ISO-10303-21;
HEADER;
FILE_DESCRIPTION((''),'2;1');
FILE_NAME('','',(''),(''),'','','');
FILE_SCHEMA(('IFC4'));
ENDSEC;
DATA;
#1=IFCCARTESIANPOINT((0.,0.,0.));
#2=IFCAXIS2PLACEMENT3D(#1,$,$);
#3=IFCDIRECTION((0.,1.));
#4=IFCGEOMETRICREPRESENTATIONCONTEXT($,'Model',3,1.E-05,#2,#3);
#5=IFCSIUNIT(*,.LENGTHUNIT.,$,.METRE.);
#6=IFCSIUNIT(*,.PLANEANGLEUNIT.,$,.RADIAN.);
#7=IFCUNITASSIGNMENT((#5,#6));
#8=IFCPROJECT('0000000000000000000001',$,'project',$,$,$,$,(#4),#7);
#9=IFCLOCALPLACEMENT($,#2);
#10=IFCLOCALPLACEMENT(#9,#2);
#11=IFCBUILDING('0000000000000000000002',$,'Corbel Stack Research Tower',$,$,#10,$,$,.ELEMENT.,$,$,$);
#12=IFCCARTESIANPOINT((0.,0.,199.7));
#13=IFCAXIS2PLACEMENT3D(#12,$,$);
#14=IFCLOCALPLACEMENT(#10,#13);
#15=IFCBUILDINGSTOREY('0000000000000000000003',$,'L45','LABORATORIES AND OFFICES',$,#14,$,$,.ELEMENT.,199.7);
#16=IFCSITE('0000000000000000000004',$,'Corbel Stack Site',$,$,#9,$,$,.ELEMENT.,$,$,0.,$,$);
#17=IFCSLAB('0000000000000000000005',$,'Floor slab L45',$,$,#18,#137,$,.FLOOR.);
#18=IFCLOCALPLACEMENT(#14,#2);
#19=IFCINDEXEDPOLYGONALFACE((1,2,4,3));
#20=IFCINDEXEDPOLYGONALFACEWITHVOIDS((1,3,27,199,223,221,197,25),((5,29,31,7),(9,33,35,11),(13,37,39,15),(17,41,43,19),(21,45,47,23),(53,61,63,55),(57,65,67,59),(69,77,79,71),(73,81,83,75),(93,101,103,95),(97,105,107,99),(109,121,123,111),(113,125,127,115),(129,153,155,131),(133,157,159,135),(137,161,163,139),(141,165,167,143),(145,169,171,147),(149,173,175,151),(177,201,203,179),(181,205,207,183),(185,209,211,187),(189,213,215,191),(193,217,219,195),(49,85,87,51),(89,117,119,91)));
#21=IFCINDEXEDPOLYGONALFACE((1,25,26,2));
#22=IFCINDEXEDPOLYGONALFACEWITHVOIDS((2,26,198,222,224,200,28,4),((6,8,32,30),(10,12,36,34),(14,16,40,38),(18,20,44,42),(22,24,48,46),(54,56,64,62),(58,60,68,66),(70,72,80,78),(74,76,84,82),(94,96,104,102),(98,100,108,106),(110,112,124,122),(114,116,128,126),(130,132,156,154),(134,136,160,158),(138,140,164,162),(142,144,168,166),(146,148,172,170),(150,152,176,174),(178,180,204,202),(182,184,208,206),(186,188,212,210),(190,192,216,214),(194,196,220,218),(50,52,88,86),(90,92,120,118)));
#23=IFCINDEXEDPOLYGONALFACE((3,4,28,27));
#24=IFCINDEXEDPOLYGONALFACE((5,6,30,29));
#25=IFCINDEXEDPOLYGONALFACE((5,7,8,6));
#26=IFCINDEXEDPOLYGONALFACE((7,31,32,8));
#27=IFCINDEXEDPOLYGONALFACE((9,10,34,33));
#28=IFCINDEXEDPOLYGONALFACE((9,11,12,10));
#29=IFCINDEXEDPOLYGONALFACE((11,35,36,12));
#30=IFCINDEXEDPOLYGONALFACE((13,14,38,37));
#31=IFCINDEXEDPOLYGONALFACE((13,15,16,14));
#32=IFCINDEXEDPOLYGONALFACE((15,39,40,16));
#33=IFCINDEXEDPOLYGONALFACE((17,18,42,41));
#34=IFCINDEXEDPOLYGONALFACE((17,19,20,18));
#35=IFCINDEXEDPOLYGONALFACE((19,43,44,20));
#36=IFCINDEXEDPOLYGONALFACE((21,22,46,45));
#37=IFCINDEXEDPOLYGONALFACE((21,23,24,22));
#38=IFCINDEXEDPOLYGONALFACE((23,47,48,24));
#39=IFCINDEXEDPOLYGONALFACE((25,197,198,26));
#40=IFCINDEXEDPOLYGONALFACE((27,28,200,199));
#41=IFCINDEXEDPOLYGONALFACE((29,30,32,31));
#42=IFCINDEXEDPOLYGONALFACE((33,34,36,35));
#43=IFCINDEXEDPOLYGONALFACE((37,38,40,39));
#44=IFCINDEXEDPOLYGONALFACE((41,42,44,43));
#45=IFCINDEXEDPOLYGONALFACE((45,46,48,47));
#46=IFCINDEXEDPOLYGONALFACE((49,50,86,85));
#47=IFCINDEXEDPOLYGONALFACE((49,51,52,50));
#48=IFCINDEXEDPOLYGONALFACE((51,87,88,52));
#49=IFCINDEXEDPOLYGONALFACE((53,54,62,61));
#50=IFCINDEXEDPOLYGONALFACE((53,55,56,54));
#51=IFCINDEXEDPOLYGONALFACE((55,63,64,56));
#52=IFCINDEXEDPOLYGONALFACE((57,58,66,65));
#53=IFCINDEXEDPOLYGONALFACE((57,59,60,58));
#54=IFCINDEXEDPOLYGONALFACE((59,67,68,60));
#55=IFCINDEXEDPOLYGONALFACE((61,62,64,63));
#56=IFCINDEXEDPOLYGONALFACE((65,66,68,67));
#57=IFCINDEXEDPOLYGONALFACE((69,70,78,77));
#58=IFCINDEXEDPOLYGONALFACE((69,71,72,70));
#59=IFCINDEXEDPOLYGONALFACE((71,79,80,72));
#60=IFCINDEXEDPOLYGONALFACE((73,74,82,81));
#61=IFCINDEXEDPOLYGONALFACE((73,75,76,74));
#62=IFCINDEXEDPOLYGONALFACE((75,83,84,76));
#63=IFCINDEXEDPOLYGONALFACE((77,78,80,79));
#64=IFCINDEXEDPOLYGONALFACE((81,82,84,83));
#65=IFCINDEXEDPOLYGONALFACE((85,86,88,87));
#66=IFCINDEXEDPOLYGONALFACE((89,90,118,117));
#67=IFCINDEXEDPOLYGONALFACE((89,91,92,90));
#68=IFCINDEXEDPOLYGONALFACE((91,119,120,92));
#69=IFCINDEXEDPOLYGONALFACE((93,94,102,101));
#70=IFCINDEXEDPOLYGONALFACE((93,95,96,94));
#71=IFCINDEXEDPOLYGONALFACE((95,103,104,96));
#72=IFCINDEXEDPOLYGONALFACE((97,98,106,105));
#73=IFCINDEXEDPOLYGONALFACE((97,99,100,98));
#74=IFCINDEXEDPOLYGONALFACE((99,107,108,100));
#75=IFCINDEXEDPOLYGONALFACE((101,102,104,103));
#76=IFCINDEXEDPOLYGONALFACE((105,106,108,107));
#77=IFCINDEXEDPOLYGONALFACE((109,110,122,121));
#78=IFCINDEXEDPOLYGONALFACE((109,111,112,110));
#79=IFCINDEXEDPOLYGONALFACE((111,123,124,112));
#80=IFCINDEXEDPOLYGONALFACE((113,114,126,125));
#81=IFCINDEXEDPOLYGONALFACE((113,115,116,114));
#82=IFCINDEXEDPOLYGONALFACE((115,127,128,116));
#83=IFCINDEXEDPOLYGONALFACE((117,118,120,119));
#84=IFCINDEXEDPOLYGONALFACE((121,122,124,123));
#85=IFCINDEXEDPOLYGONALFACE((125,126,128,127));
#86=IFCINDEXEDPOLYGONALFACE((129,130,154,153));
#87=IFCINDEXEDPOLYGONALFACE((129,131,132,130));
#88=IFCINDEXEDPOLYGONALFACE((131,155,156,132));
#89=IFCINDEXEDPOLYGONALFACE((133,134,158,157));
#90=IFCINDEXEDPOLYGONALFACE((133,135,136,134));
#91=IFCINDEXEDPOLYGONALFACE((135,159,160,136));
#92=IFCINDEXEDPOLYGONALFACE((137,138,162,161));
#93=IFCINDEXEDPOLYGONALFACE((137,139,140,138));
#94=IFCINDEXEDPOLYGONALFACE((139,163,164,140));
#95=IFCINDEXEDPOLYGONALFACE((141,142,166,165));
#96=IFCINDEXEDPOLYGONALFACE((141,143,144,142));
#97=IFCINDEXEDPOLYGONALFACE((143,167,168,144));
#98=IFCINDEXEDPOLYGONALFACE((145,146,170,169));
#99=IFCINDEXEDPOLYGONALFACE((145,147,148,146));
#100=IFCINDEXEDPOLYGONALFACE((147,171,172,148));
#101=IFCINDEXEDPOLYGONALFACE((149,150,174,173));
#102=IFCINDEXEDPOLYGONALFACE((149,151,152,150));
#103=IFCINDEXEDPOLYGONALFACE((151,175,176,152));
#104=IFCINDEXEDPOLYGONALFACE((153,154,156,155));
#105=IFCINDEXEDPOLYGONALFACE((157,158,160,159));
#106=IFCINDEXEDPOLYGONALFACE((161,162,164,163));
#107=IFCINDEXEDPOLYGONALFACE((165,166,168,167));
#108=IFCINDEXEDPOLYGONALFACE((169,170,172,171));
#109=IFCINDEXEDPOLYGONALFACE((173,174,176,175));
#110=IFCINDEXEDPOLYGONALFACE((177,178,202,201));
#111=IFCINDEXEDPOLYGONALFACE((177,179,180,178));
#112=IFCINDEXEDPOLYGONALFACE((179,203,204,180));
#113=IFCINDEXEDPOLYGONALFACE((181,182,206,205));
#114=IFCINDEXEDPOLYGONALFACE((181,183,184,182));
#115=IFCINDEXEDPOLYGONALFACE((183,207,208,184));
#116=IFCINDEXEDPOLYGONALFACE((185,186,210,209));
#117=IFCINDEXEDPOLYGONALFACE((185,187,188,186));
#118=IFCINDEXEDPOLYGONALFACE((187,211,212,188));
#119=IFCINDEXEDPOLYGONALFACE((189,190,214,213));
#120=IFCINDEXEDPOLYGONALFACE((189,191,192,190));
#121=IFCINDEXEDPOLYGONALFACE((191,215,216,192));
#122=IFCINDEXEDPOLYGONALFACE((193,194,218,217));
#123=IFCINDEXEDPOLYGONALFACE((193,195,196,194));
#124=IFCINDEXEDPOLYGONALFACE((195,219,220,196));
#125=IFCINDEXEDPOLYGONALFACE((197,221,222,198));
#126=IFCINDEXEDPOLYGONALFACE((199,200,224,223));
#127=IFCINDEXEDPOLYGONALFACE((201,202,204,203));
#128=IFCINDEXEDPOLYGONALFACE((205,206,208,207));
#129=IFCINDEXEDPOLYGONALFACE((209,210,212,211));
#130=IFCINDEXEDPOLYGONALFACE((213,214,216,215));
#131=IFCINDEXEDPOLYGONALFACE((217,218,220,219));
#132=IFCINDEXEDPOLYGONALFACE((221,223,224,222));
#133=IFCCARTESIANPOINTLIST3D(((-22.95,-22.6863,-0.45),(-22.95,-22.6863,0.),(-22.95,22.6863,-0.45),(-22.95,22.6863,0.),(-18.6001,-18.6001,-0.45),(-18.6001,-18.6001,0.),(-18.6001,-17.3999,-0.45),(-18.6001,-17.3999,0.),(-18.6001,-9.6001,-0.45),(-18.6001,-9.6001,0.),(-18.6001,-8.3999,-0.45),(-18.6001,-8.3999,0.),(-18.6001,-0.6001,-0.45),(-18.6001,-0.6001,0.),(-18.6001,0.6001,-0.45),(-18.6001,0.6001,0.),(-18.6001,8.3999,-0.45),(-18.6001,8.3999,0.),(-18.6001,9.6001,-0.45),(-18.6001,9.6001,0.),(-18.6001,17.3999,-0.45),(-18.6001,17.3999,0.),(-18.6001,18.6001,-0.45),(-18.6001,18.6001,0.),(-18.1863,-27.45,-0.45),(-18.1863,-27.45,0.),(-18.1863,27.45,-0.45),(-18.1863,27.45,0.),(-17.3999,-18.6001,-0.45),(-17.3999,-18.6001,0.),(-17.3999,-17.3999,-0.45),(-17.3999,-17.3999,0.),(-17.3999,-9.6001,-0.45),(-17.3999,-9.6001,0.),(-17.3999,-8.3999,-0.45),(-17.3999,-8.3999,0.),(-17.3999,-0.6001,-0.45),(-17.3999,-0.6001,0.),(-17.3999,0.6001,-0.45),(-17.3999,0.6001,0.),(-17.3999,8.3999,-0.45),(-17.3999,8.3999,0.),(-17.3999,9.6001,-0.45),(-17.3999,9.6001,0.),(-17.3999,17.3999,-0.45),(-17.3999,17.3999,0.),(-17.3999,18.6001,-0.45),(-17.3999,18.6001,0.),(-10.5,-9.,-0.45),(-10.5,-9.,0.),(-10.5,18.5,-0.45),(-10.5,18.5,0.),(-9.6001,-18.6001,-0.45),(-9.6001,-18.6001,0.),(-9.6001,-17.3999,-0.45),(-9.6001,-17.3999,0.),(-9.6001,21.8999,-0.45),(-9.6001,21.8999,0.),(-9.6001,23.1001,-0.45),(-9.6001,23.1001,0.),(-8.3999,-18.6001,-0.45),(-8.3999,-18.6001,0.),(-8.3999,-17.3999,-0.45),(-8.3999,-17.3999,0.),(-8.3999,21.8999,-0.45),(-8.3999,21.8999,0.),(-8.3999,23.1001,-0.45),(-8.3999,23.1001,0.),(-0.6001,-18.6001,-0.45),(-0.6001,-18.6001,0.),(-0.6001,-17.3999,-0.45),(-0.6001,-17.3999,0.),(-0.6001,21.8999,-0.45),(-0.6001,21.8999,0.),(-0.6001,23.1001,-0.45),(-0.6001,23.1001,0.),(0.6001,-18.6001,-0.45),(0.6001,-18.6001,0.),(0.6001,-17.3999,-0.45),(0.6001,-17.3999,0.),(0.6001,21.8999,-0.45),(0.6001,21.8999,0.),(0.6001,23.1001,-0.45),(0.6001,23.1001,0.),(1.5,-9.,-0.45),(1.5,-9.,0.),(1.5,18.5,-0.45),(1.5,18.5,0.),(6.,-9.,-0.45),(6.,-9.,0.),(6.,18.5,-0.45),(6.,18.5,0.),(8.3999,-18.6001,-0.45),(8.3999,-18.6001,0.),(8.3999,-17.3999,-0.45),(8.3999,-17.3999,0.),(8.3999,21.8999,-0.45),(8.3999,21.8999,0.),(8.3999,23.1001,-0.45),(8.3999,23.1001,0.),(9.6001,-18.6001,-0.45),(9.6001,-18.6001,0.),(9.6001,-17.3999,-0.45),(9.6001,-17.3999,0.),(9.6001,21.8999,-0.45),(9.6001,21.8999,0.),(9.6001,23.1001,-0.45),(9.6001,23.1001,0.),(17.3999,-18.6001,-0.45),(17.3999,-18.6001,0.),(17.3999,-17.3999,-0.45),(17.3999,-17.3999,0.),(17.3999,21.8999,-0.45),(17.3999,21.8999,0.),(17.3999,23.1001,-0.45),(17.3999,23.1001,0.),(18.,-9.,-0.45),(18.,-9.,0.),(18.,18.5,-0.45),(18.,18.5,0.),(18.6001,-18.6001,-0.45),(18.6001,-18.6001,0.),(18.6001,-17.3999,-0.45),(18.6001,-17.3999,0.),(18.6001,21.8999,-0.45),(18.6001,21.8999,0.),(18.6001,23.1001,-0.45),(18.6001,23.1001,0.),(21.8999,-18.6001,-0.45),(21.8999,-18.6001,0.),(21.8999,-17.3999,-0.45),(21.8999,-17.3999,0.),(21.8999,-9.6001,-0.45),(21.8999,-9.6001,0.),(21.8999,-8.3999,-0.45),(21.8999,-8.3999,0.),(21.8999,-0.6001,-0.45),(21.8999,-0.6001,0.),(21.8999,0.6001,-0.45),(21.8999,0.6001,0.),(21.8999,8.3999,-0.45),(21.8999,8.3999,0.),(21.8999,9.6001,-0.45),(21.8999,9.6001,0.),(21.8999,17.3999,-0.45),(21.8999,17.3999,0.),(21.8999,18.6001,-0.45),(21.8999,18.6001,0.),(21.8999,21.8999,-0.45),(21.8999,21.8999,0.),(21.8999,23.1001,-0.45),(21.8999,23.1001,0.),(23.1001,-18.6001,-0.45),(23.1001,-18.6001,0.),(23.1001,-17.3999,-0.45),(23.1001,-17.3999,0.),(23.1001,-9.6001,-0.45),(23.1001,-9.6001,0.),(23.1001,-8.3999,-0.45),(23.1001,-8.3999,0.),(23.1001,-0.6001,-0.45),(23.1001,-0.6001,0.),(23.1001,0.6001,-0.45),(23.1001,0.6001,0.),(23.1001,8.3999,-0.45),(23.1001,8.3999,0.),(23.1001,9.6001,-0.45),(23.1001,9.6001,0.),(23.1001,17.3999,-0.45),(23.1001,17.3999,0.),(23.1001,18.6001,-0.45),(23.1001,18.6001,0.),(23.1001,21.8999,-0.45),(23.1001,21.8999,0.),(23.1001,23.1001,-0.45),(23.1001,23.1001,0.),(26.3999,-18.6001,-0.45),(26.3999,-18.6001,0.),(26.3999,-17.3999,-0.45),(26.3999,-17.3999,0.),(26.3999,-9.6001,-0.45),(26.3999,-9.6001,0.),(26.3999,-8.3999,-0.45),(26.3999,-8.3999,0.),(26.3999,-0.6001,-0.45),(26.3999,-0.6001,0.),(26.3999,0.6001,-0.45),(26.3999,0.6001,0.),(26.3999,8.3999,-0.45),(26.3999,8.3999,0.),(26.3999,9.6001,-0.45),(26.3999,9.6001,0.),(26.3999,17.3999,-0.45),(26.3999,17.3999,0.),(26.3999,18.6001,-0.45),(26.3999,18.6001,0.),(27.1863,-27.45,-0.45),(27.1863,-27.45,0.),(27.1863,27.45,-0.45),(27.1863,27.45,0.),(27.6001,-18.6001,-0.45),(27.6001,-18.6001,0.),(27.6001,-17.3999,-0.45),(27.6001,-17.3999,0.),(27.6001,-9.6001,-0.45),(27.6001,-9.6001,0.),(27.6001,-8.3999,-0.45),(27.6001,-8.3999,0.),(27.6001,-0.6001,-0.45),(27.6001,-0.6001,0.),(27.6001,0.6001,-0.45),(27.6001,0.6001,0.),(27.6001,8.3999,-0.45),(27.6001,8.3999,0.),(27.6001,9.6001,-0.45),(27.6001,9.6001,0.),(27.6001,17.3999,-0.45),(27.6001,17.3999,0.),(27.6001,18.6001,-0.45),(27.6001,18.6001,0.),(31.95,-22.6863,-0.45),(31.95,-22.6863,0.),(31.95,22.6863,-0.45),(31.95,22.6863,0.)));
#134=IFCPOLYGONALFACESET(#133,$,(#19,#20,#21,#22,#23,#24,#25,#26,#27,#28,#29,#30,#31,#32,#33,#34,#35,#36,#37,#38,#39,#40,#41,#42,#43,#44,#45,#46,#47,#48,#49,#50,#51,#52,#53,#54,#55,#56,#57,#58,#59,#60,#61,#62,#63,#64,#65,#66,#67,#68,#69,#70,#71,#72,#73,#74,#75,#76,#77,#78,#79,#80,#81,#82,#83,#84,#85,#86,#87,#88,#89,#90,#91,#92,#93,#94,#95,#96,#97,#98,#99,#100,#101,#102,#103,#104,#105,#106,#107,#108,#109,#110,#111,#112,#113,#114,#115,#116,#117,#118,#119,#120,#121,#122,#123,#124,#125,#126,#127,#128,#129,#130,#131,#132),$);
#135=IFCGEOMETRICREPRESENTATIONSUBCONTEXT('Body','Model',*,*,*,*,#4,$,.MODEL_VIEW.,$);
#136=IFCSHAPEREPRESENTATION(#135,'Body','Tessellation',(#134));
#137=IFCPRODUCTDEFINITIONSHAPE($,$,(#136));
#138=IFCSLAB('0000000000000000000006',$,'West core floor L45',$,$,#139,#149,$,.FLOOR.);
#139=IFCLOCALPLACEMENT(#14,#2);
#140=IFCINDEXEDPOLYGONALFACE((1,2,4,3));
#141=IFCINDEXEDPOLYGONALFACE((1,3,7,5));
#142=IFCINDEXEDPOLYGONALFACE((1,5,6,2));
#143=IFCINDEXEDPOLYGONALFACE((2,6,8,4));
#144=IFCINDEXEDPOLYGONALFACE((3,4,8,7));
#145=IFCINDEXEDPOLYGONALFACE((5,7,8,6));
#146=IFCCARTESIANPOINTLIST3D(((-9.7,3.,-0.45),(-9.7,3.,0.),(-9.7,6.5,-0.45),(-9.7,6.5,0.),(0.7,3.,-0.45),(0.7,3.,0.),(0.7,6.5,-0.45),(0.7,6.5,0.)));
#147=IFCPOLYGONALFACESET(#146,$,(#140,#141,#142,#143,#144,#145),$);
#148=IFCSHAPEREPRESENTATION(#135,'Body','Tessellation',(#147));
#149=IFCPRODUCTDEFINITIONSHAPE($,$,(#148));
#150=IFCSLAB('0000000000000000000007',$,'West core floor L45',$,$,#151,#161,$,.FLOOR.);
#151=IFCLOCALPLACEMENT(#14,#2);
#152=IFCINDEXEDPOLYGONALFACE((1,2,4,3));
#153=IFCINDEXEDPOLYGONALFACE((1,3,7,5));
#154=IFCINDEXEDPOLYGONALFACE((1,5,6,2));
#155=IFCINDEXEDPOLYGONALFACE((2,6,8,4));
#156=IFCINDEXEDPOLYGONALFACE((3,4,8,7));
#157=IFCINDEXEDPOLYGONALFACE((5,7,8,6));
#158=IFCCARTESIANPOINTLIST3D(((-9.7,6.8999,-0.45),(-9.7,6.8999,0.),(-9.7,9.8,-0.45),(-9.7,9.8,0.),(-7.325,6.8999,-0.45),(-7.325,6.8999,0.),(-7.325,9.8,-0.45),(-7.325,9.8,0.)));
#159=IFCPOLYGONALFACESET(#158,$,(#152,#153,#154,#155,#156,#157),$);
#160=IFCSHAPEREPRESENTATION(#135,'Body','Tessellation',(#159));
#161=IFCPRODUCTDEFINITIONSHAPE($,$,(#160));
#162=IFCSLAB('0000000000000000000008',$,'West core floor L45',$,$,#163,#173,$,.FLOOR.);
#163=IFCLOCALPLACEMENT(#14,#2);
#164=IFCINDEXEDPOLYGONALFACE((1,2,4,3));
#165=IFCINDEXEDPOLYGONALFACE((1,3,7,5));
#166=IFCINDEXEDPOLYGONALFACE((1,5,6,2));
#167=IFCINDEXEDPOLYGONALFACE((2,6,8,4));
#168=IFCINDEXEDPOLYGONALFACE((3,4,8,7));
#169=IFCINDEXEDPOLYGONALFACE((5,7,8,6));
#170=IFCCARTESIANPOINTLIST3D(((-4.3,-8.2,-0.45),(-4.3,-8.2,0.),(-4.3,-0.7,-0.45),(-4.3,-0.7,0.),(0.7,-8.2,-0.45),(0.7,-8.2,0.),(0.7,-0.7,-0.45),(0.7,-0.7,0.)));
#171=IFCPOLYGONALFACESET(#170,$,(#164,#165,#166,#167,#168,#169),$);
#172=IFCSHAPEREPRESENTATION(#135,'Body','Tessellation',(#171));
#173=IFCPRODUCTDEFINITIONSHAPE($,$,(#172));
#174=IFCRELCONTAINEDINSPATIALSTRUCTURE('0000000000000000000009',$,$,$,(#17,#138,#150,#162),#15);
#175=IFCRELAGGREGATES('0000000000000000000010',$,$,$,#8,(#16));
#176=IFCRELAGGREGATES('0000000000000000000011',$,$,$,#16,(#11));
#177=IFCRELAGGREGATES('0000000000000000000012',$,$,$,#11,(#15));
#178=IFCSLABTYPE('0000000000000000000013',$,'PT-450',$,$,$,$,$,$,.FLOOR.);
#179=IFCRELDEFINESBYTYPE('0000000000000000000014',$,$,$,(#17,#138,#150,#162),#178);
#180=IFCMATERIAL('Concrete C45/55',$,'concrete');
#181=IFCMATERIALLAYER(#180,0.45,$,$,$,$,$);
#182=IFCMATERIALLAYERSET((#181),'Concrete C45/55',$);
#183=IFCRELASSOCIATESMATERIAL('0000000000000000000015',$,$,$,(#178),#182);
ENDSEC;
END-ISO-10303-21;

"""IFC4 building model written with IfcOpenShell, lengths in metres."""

from ifc_helpers import new_model, si_unit, direction, frame, origin, place, context, subcontext, project, spatial, polyline, outline, extrude, material, layer, layer_set, type_object, element, save


model = new_model("IFC4")

# Units and contexts
model_context = context("Model", 3, precision=1e-05, world=origin(), true_north=direction((0.0, 1.0)))
body_context = subcontext(model_context, "Body", "Model", "MODEL_VIEW")
ifc_project = project(units=[si_unit("LENGTHUNIT", "METRE"), si_unit("PLANEANGLEUNIT", "RADIAN")], contexts=[model_context])

# Site, building, storey
site_placement = place(None, origin())
site = spatial("IfcSite", under=ifc_project, at=site_placement, Name="Corbel Stack Site", CompositionType="ELEMENT", RefElevation=0.0)
building_placement = place(site_placement, origin())
building = spatial("IfcBuilding", under=site, at=building_placement, Name="Corbel Stack Research Tower", CompositionType="ELEMENT")
storey_placement = place(building_placement, frame((0.0, 0.0, 199.7)))
storey = spatial("IfcBuildingStorey", under=building, at=storey_placement, Name="L45", Description="LABORATORIES AND OFFICES", CompositionType="ELEMENT", Elevation=199.7)

# Slabs
ifc_material_1 = material(Name="Concrete C45/55", Category="concrete")
ifc_layer_1 = layer(ifc_material_1, 0.45)
ifc_layer_set_1 = layer_set([ifc_layer_1], Name="Concrete C45/55")
slab_type = type_object("IfcSlabType", Name="PT-450", PredefinedType="FLOOR", material=ifc_layer_set_1)
slab_1_placement = place(storey_placement, frame((0.0, 0.0, -0.45)))
element("IfcSlab", 1, at=slab_1_placement, inside=storey, type_object=slab_type, Name="Floor slab L45", PredefinedType="FLOOR", context=body_context, shape_type="SweptSolid", body=[
    extrude(outline(polyline([(-18.1863, -27.45), (27.1863, -27.45), (31.95, -22.6863), (31.95, 22.6863), (27.1863, 27.45), (-18.1863, 27.45), (-22.95, 22.6863), (-22.95, -22.6863), (-18.1863, -27.45)]), holes=[polyline([(26.3999, 17.3999), (26.3999, 18.6001), (27.6001, 18.6001), (27.6001, 17.3999), (26.3999, 17.3999)]), polyline([(26.3999, 8.3999), (26.3999, 9.6001), (27.6001, 9.6001), (27.6001, 8.3999), (26.3999, 8.3999)]), polyline([(27.6001, -0.6001), (26.3999, -0.6001), (26.3999, 0.6001), (27.6001, 0.6001), (27.6001, -0.6001)]), polyline([(26.3999, -9.6001), (26.3999, -8.3999), (27.6001, -8.3999), (27.6001, -9.6001), (26.3999, -9.6001)]), polyline([(26.3999, -18.6001), (26.3999, -17.3999), (27.6001, -17.3999), (27.6001, -18.6001), (26.3999, -18.6001)]), polyline([(21.8999, 21.8999), (21.8999, 23.1001), (23.1001, 23.1001), (23.1001, 21.8999), (21.8999, 21.8999)]), polyline([(21.8999, 17.3999), (21.8999, 18.6001), (23.1001, 18.6001), (23.1001, 17.3999), (21.8999, 17.3999)]), polyline([(21.8999, 8.3999), (21.8999, 9.6001), (23.1001, 9.6001), (23.1001, 8.3999), (21.8999, 8.3999)]), polyline([(21.8999, -0.6001), (21.8999, 0.6001), (23.1001, 0.6001), (23.1001, -0.6001), (21.8999, -0.6001)]), polyline([(23.1001, -9.6001), (21.8999, -9.6001), (21.8999, -8.3999), (23.1001, -8.3999), (23.1001, -9.6001)]), polyline([(21.8999, -18.6001), (21.8999, -17.3999), (23.1001, -17.3999), (23.1001, -18.6001), (21.8999, -18.6001)]), polyline([(17.3999, 21.8999), (17.3999, 23.1001), (18.6001, 23.1001), (18.6001, 21.8999), (17.3999, 21.8999)]), polyline([(18.6001, -18.6001), (17.3999, -18.6001), (17.3999, -17.3999), (18.6001, -17.3999), (18.6001, -18.6001)]), polyline([(6.0, -9.0), (6.0, 18.5), (18.0, 18.5), (18.0, -9.0), (6.0, -9.0)]), polyline([(8.3999, 21.8999), (8.3999, 23.1001), (9.6001, 23.1001), (9.6001, 21.8999), (8.3999, 21.8999)]), polyline([(9.6001, -18.6001), (8.3999, -18.6001), (8.3999, -17.3999), (9.6001, -17.3999), (9.6001, -18.6001)]), polyline([(1.5, -9.0), (-10.5, -9.0), (-10.5, 18.5), (1.5, 18.5), (1.5, -9.0)]), polyline([(-0.6001, 21.8999), (-0.6001, 23.1001), (0.6001, 23.1001), (0.6001, 21.8999), (-0.6001, 21.8999)]), polyline([(-0.6001, -18.6001), (-0.6001, -17.3999), (0.6001, -17.3999), (0.6001, -18.6001), (-0.6001, -18.6001)]), polyline([(-9.6001, 21.8999), (-9.6001, 23.1001), (-8.3999, 23.1001), (-8.3999, 21.8999), (-9.6001, 21.8999)]), polyline([(-9.6001, -18.6001), (-9.6001, -17.3999), (-8.3999, -17.3999), (-8.3999, -18.6001), (-9.6001, -18.6001)]), polyline([(-18.6001, 17.3999), (-18.6001, 18.6001), (-17.3999, 18.6001), (-17.3999, 17.3999), (-18.6001, 17.3999)]), polyline([(-18.6001, 8.3999), (-18.6001, 9.6001), (-17.3999, 9.6001), (-17.3999, 8.3999), (-18.6001, 8.3999)]), polyline([(-18.6001, -0.6001), (-18.6001, 0.6001), (-17.3999, 0.6001), (-17.3999, -0.6001), (-18.6001, -0.6001)]), polyline([(-18.6001, -9.6001), (-18.6001, -8.3999), (-17.3999, -8.3999), (-17.3999, -9.6001), (-18.6001, -9.6001)]), polyline([(-17.3999, -18.6001), (-18.6001, -18.6001), (-18.6001, -17.3999), (-17.3999, -17.3999), (-17.3999, -18.6001)])]), origin(), (0.0, 0.0, 1.0), 0.45),
])
slab_2_placement = place(storey_placement, frame((0.0, 0.0, -0.45)))
element("IfcSlab", 2, at=slab_2_placement, inside=storey, type_object=slab_type, Name="West core floor L45", PredefinedType="FLOOR", context=body_context, shape_type="SweptSolid", body=[
    extrude(outline(polyline([(0.7, 6.5), (-9.7, 6.5), (-9.7, 3.0), (0.7, 3.0), (0.7, 6.5)])), origin(), (0.0, 0.0, 1.0), 0.45),
])
slab_3_placement = place(storey_placement, frame((0.0, 0.0, -0.45)))
element("IfcSlab", 3, at=slab_3_placement, inside=storey, type_object=slab_type, Name="West core floor L45", PredefinedType="FLOOR", context=body_context, shape_type="SweptSolid", body=[
    extrude(outline(polyline([(-9.7, 6.8999), (-7.325, 6.8999), (-7.325, 9.8), (-9.7, 9.8), (-9.7, 6.8999)])), origin(), (0.0, 0.0, 1.0), 0.45),
])
slab_4_placement = place(storey_placement, frame((0.0, 0.0, -0.45)))
element("IfcSlab", 4, at=slab_4_placement, inside=storey, type_object=slab_type, Name="West core floor L45", PredefinedType="FLOOR", context=body_context, shape_type="SweptSolid", body=[
    extrude(outline(polyline([(-4.3, -0.7), (-4.3, -8.2), (0.7, -8.2), (0.7, -0.7), (-4.3, -0.7)])), origin(), (0.0, 0.0, 1.0), 0.45),
])

save(model, "model.ifc")
